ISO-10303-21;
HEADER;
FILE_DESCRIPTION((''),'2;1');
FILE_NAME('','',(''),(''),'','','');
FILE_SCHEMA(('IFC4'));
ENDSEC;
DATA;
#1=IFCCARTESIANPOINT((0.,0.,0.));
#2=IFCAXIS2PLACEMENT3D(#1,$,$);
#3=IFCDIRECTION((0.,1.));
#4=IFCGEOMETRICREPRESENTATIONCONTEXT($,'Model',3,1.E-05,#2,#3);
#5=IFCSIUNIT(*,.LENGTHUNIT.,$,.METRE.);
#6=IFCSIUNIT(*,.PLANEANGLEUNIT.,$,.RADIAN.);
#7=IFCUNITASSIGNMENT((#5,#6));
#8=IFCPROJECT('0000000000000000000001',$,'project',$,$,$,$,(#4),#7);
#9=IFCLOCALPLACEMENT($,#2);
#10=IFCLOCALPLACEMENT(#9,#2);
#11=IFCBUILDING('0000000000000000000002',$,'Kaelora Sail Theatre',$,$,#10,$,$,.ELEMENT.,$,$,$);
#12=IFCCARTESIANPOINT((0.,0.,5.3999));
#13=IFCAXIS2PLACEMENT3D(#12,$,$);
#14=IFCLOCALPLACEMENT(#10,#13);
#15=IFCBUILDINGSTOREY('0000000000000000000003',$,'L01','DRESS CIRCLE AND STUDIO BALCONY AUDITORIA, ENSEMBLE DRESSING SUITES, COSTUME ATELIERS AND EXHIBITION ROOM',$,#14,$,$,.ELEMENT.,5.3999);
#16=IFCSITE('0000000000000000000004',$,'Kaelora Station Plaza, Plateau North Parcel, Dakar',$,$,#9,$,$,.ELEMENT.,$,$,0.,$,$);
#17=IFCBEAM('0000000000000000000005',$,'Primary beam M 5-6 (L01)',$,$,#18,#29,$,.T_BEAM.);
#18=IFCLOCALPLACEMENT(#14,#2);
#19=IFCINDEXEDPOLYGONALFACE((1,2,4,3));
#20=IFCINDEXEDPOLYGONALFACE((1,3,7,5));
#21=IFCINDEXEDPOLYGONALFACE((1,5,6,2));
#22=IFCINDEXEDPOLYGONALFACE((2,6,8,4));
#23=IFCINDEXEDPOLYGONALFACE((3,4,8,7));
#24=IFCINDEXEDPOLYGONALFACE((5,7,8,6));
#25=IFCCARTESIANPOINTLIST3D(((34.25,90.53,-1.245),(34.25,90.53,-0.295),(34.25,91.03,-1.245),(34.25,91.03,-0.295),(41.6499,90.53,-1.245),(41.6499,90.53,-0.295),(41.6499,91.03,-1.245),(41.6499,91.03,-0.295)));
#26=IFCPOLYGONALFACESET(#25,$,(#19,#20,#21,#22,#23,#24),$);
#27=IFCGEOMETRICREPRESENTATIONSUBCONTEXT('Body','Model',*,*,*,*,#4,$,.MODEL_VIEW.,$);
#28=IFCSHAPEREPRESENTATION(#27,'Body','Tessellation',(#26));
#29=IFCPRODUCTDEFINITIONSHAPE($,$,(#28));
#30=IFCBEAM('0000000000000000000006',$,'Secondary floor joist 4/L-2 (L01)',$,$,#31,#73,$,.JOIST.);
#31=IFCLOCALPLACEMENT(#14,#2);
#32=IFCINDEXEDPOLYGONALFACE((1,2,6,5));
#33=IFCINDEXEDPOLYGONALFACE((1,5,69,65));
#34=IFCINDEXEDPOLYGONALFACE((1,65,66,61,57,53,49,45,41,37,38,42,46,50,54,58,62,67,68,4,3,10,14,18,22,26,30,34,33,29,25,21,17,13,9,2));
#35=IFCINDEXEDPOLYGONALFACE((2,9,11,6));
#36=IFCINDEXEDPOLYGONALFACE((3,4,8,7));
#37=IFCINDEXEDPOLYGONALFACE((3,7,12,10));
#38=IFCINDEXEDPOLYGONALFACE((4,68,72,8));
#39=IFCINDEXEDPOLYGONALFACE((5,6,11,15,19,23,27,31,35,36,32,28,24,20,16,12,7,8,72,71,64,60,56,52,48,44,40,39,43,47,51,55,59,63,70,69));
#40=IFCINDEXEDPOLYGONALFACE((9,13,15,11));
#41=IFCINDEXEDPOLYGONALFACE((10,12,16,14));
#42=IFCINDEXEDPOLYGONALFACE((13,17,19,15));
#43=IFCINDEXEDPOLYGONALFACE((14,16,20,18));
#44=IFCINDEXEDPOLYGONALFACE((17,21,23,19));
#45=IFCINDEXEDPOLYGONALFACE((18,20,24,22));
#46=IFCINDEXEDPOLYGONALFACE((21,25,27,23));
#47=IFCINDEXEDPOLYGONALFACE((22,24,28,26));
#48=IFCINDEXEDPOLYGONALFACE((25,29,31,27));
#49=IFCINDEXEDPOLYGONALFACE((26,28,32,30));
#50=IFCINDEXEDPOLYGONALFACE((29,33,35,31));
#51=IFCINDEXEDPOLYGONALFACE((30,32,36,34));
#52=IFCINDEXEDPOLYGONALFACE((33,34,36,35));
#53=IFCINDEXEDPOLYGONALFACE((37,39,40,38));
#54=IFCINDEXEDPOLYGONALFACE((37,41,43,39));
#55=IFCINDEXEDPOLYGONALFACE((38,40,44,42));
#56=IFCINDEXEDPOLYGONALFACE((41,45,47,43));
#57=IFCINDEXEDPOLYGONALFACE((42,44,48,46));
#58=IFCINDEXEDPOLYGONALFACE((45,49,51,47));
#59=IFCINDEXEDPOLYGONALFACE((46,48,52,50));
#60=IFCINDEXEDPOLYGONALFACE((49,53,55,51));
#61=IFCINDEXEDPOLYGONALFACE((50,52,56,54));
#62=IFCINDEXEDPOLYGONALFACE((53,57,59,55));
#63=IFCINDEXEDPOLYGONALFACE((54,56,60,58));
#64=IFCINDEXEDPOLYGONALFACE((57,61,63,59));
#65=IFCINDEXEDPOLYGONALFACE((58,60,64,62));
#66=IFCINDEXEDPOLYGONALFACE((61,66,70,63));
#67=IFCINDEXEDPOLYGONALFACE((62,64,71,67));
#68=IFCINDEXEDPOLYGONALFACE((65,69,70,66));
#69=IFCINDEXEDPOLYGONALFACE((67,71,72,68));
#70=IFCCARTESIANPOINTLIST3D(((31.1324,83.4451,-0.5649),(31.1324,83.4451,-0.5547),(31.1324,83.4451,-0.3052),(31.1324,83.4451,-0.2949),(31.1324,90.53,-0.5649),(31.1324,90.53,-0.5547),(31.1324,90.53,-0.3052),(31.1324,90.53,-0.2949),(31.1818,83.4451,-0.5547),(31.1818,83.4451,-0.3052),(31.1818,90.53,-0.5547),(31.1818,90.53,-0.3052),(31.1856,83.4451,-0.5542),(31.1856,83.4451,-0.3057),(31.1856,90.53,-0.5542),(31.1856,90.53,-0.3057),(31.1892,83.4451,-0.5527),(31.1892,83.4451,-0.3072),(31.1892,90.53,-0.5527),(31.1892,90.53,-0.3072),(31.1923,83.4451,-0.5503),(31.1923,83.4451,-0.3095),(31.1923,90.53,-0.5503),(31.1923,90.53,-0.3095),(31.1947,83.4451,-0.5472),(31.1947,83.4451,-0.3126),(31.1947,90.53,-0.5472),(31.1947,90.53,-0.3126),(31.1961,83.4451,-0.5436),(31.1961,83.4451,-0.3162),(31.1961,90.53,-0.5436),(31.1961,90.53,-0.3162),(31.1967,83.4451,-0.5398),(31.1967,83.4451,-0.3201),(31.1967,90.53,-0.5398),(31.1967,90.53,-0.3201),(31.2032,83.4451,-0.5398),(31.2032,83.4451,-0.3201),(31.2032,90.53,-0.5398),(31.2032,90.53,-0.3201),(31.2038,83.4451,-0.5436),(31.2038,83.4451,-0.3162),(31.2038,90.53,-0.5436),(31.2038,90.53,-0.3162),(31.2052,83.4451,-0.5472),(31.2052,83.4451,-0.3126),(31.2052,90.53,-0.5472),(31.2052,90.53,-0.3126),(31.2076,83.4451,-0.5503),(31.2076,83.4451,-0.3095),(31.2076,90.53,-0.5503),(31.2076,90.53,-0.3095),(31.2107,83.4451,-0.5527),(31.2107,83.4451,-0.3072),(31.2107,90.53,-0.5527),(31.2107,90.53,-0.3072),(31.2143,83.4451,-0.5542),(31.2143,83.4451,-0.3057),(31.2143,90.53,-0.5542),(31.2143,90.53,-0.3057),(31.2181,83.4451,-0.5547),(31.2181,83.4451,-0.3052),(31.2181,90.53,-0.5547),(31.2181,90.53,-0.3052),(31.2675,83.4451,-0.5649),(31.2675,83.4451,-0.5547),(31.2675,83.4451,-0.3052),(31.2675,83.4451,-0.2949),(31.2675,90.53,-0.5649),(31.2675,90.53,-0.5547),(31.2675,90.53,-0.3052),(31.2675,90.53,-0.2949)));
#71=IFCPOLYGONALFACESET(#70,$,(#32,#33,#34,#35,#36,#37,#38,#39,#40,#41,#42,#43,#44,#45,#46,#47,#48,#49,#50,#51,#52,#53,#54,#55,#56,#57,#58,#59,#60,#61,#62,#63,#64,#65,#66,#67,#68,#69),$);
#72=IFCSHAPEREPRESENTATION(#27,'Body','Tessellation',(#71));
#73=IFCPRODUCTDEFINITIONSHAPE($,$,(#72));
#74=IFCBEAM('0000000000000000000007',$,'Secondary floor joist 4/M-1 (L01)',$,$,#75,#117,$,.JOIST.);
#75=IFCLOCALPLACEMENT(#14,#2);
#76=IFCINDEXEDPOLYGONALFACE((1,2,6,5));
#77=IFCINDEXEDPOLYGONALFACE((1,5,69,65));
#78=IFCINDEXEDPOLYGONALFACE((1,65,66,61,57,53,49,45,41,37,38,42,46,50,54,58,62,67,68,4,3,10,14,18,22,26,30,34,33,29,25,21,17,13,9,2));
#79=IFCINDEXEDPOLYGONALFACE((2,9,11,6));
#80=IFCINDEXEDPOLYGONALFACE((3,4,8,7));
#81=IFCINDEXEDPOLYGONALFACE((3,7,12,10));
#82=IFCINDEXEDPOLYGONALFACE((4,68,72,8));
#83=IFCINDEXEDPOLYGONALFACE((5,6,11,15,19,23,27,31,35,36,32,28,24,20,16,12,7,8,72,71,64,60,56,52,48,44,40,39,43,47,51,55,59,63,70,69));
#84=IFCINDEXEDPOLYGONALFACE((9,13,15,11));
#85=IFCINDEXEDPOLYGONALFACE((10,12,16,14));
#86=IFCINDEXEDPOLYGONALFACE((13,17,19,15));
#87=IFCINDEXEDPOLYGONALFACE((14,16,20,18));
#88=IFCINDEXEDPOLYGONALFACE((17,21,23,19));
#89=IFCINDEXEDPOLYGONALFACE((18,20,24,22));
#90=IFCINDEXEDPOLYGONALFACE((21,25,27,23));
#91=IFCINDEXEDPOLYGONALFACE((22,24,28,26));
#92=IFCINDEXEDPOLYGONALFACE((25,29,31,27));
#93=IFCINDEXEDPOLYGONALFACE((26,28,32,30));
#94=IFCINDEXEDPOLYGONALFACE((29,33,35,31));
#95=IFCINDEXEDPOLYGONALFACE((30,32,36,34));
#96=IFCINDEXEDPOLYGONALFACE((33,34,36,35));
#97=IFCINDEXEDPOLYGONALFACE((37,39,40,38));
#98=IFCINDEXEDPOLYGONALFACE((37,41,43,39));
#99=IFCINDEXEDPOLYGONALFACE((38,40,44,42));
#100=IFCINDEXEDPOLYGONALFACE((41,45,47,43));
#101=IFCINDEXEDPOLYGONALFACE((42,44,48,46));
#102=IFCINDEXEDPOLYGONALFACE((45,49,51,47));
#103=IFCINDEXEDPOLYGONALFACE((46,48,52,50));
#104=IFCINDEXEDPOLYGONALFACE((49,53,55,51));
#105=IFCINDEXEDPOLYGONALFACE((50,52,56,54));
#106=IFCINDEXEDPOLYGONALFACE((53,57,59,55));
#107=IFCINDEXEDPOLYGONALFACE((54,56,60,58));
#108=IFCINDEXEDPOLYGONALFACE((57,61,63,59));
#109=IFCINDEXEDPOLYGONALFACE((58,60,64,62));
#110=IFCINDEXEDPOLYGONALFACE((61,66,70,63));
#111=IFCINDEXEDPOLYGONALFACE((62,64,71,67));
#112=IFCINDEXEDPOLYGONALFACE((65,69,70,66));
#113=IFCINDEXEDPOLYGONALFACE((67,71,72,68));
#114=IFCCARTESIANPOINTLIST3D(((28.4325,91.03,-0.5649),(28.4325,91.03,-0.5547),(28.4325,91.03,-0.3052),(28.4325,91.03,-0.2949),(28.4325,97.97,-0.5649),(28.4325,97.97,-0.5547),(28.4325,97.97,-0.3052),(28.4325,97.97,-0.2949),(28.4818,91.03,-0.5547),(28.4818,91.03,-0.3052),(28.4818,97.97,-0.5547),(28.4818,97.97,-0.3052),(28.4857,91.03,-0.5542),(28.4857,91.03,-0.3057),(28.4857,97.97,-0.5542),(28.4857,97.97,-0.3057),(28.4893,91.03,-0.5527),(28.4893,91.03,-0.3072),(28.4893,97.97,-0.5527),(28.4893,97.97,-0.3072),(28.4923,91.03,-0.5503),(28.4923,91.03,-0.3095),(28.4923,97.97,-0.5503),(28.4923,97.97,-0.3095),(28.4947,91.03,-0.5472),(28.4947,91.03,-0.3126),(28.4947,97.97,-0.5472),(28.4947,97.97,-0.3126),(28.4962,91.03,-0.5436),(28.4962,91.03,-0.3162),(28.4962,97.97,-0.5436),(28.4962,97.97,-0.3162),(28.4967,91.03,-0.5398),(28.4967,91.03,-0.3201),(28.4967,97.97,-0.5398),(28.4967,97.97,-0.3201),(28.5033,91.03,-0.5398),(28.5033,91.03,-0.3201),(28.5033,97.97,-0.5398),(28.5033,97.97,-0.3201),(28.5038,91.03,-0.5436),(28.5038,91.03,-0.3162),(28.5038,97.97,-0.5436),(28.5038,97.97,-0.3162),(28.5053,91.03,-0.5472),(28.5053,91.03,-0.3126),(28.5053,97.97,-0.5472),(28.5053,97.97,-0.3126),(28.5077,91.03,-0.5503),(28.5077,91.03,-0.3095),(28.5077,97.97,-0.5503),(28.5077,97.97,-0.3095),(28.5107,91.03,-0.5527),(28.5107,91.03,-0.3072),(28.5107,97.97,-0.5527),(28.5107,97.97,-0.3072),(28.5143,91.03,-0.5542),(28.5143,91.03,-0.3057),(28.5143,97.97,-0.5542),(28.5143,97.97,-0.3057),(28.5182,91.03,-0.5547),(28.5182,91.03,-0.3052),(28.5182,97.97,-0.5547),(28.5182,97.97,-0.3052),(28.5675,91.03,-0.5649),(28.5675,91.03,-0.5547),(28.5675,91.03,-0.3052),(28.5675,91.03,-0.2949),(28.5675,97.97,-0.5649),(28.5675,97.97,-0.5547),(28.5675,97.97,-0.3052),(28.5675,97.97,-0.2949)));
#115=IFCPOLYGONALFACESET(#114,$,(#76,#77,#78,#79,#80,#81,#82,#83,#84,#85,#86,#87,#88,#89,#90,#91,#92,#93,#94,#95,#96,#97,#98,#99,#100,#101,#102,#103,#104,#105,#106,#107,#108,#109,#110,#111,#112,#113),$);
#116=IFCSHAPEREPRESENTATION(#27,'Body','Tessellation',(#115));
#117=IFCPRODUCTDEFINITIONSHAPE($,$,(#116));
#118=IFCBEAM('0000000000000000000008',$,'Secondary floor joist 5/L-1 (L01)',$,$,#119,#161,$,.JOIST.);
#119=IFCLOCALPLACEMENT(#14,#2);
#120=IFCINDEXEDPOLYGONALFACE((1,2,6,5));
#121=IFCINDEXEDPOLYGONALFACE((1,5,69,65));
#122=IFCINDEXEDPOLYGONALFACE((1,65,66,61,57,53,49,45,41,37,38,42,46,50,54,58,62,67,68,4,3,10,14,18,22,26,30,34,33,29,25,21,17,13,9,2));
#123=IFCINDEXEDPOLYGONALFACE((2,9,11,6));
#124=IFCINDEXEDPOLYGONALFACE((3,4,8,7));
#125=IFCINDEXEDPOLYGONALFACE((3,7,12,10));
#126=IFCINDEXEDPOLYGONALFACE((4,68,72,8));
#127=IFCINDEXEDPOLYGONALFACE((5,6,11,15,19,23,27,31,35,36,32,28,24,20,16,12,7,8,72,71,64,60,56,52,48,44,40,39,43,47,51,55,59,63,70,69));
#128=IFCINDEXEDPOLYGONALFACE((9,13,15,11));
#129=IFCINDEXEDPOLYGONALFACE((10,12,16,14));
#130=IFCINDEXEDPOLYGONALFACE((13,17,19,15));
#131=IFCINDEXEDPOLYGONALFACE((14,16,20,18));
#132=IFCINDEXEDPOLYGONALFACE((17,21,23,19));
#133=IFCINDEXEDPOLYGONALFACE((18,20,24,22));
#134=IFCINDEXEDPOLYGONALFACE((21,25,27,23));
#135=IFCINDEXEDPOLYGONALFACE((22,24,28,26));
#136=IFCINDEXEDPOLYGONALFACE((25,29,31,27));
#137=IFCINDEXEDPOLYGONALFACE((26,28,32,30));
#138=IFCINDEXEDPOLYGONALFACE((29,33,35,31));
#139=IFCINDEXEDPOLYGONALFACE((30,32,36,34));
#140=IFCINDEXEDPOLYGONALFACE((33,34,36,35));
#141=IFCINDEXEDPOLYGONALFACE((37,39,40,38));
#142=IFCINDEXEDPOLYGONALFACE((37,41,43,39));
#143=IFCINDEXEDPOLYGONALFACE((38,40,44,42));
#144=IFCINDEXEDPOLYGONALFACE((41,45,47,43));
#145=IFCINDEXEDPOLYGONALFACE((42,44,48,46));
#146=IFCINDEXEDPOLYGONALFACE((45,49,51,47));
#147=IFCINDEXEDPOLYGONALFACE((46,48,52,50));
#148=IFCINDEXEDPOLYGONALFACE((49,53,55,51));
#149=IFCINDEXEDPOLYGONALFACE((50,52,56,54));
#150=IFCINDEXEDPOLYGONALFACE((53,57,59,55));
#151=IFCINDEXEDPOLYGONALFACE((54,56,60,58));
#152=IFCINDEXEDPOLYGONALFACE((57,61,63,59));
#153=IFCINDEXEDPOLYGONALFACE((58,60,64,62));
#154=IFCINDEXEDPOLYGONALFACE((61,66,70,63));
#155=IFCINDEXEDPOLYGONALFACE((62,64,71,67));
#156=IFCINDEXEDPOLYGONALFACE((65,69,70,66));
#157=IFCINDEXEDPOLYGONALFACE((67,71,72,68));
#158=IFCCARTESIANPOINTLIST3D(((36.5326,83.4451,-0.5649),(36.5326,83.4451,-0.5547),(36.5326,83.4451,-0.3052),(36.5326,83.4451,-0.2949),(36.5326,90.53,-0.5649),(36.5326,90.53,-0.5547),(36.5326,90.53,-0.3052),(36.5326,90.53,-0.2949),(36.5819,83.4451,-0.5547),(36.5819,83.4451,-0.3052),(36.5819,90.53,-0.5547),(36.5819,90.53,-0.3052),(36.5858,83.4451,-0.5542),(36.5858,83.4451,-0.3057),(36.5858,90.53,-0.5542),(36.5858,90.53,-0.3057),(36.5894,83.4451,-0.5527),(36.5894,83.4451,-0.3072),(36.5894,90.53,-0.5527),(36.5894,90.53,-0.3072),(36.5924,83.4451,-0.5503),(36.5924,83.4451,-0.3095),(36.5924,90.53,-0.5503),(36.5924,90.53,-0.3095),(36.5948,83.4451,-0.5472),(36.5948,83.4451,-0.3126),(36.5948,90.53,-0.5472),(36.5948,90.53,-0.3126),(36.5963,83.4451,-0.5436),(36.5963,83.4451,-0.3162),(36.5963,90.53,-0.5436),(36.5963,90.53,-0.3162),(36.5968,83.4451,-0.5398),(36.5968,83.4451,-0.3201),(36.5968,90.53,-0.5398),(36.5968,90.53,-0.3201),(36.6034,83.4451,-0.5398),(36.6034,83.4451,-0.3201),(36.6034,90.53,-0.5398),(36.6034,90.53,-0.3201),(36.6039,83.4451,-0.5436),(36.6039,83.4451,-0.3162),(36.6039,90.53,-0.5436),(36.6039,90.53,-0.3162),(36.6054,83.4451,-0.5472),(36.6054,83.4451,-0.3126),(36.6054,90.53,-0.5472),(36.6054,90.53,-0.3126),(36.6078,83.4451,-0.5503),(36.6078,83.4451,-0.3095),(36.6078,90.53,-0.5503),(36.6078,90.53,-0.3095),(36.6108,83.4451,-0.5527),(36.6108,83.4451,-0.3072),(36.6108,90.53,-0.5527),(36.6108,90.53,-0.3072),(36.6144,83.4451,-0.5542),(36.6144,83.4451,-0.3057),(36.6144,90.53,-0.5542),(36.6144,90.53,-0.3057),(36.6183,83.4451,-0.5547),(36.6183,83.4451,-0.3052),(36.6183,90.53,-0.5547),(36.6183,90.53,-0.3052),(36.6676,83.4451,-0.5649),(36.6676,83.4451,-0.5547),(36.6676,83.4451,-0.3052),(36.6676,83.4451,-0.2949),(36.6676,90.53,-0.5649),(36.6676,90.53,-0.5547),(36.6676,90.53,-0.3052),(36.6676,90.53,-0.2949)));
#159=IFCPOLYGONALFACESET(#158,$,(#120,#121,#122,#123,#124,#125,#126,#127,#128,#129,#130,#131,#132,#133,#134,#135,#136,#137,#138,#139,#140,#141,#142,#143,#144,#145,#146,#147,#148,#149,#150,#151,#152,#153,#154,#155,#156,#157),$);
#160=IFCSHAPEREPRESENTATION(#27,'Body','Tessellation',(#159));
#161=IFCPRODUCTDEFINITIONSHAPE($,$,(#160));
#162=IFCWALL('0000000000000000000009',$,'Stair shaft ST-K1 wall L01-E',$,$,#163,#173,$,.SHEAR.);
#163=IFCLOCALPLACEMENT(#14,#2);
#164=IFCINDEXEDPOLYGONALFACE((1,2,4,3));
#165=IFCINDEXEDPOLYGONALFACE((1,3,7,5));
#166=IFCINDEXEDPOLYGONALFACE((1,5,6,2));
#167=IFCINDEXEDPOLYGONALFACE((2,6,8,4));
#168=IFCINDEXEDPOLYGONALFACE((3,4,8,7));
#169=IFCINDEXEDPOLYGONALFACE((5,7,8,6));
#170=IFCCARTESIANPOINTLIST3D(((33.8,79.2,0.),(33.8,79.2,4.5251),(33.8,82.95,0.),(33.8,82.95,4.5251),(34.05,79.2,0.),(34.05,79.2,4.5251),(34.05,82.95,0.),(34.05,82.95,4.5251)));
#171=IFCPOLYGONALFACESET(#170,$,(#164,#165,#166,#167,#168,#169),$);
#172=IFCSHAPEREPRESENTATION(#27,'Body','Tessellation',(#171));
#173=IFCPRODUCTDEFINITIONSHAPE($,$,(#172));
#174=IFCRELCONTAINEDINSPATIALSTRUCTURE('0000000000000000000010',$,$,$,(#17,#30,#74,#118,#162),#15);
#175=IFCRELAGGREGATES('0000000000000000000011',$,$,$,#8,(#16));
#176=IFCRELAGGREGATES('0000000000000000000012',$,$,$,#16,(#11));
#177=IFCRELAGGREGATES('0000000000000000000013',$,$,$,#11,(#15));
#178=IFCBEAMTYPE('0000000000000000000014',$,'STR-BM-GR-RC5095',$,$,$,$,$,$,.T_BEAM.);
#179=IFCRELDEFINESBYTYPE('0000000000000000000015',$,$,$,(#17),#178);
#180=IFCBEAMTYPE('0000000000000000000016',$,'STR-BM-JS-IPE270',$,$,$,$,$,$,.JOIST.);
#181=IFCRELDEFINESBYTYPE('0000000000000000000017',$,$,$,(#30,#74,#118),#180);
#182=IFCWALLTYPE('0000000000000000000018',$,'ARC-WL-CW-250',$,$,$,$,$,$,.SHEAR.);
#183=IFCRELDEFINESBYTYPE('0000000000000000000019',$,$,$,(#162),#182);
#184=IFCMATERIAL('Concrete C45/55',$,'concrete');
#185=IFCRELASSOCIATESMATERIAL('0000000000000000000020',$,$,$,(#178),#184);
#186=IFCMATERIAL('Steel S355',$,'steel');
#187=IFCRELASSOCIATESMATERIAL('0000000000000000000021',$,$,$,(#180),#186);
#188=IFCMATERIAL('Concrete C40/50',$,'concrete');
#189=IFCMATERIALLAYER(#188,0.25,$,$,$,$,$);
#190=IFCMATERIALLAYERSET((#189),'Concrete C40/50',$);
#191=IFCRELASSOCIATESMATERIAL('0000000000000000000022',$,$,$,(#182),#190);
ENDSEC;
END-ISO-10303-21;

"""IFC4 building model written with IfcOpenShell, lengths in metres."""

from ifc_helpers import new_model, si_unit, direction, frame, frame_2d, origin, origin_2d, place, context, subcontext, project, spatial, rectangle, i_section, extrude, material, layer, layer_set, material_profile, profile_set, type_object, element, save


model = new_model("IFC4")

# Units and contexts
model_context = context("Model", 3, precision=1e-05, world=origin(), true_north=direction((0.0, 1.0)))
body_context = subcontext(model_context, "Body", "Model", "MODEL_VIEW")
ifc_project = project(units=[si_unit("LENGTHUNIT", "METRE"), si_unit("PLANEANGLEUNIT", "RADIAN")], contexts=[model_context])

# Site, building, storey
site_placement = place(None, origin())
site = spatial("IfcSite", under=ifc_project, at=site_placement, Name="Kaelora Station Plaza, Plateau North Parcel, Dakar", CompositionType="ELEMENT", RefElevation=0.0)
building_placement = place(site_placement, origin())
building = spatial("IfcBuilding", under=site, at=building_placement, Name="Kaelora Sail Theatre", CompositionType="ELEMENT")
storey_placement = place(building_placement, frame((0.0, 0.0, 5.3999)))
storey = spatial("IfcBuildingStorey", under=building, at=storey_placement, Name="L01", Description="DRESS CIRCLE AND STUDIO BALCONY AUDITORIA, ENSEMBLE DRESSING SUITES, COSTUME ATELIERS AND EXHIBITION ROOM", CompositionType="ELEMENT", Elevation=5.3999)

# Beams
ifc_material_1 = material(Name="Concrete C45/55", Category="concrete")
ifc_material_profile_1 = material_profile(ifc_material_1, rectangle(XDim=0.5, YDim=0.95, at=origin_2d()), Name="RC-GRD 500x950")
ifc_profile_set_1 = profile_set([ifc_material_profile_1], Name="Concrete C45/55")
beam_type_1 = type_object("IfcBeamType", Name="STR-BM-GR-RC5095", PredefinedType="T_BEAM", material=ifc_profile_set_1)
beam_1_placement = place(storey_placement, frame((34.25, 90.78, -0.77), z_axis=(1.0, 0.0, 0.0), x_axis=(0.0, 1.0, 0.0)))
element("IfcBeam", 1, at=beam_1_placement, inside=storey, type_object=beam_type_1, Name="Primary beam M 5-6 (L01)", PredefinedType="T_BEAM", context=body_context, shape_type="SweptSolid", body=[
    extrude(rectangle(XDim=0.5, YDim=0.95, at=origin_2d()), origin(), (0.0, 0.0, 1.0), 7.3999),
])
ifc_material_2 = material(Name="Steel S355", Category="steel")
ifc_material_profile_2 = material_profile(ifc_material_2, i_section(OverallWidth=0.135, OverallDepth=0.27, WebThickness=0.0066, FlangeThickness=0.0103, FilletRadius=0.0149, at=origin_2d()), Name="IPE 270")
ifc_profile_set_2 = profile_set([ifc_material_profile_2], Name="Steel S355")
beam_type_2 = type_object("IfcBeamType", Name="STR-BM-JS-IPE270", PredefinedType="JOIST", material=ifc_profile_set_2)
beam_2_placement = place(storey_placement, frame((31.2, 83.4451, -0.4299), z_axis=(0.0, 1.0, 0.0), x_axis=(-1.0, 0.0, 0.0)))
element("IfcBeam", 2, at=beam_2_placement, inside=storey, type_object=beam_type_2, Name="Secondary floor joist 4/L-2 (L01)", PredefinedType="JOIST", context=body_context, shape_type="SweptSolid", body=[
    extrude(i_section(OverallWidth=0.135, OverallDepth=0.27, WebThickness=0.0066, FlangeThickness=0.0103, FilletRadius=0.0149, at=origin_2d()), origin(), (0.0, 0.0, 1.0), 7.085),
])
beam_3_placement = place(storey_placement, frame((28.5, 91.03, -0.4299), z_axis=(0.0, 1.0, 0.0), x_axis=(-1.0, 0.0, 0.0)))
element("IfcBeam", 3, at=beam_3_placement, inside=storey, type_object=beam_type_2, Name="Secondary floor joist 4/M-1 (L01)", PredefinedType="JOIST", context=body_context, shape_type="SweptSolid", body=[
    extrude(i_section(OverallWidth=0.135, OverallDepth=0.27, WebThickness=0.0066, FlangeThickness=0.0103, FilletRadius=0.0149, at=origin_2d()), origin(), (0.0, 0.0, 1.0), 6.9399),
])
beam_4_placement = place(storey_placement, frame((36.6001, 83.4451, -0.4299), z_axis=(0.0, 1.0, 0.0), x_axis=(-1.0, 0.0, 0.0)))
element("IfcBeam", 4, at=beam_4_placement, inside=storey, type_object=beam_type_2, Name="Secondary floor joist 5/L-1 (L01)", PredefinedType="JOIST", context=body_context, shape_type="SweptSolid", body=[
    extrude(i_section(OverallWidth=0.135, OverallDepth=0.27, WebThickness=0.0066, FlangeThickness=0.0103, FilletRadius=0.0149, at=origin_2d()), origin(), (0.0, 0.0, 1.0), 7.085),
])

# Wall
ifc_material_3 = material(Name="Concrete C40/50", Category="concrete")
ifc_layer_1 = layer(ifc_material_3, 0.25)
ifc_layer_set_1 = layer_set([ifc_layer_1], Name="Concrete C40/50")
wall_type_1 = type_object("IfcWallType", Name="ARC-WL-CW-250", PredefinedType="SHEAR", material=ifc_layer_set_1)
wall_1_placement = place(storey_placement, frame((33.925, 79.2, 0.0), z_axis=(0.0, 0.0, 1.0), x_axis=(0.0, 1.0, 0.0)))
element("IfcWall", 5, at=wall_1_placement, inside=storey, type_object=wall_type_1, Name="Stair shaft ST-K1 wall L01-E", PredefinedType="SHEAR", context=body_context, shape_type="SweptSolid", body=[
    extrude(rectangle(XDim=3.75, YDim=0.25, at=frame_2d((1.875, 0.0))), origin(), (0.0, 0.0, 1.0), 4.5251),
])

save(model, "model.ifc")
